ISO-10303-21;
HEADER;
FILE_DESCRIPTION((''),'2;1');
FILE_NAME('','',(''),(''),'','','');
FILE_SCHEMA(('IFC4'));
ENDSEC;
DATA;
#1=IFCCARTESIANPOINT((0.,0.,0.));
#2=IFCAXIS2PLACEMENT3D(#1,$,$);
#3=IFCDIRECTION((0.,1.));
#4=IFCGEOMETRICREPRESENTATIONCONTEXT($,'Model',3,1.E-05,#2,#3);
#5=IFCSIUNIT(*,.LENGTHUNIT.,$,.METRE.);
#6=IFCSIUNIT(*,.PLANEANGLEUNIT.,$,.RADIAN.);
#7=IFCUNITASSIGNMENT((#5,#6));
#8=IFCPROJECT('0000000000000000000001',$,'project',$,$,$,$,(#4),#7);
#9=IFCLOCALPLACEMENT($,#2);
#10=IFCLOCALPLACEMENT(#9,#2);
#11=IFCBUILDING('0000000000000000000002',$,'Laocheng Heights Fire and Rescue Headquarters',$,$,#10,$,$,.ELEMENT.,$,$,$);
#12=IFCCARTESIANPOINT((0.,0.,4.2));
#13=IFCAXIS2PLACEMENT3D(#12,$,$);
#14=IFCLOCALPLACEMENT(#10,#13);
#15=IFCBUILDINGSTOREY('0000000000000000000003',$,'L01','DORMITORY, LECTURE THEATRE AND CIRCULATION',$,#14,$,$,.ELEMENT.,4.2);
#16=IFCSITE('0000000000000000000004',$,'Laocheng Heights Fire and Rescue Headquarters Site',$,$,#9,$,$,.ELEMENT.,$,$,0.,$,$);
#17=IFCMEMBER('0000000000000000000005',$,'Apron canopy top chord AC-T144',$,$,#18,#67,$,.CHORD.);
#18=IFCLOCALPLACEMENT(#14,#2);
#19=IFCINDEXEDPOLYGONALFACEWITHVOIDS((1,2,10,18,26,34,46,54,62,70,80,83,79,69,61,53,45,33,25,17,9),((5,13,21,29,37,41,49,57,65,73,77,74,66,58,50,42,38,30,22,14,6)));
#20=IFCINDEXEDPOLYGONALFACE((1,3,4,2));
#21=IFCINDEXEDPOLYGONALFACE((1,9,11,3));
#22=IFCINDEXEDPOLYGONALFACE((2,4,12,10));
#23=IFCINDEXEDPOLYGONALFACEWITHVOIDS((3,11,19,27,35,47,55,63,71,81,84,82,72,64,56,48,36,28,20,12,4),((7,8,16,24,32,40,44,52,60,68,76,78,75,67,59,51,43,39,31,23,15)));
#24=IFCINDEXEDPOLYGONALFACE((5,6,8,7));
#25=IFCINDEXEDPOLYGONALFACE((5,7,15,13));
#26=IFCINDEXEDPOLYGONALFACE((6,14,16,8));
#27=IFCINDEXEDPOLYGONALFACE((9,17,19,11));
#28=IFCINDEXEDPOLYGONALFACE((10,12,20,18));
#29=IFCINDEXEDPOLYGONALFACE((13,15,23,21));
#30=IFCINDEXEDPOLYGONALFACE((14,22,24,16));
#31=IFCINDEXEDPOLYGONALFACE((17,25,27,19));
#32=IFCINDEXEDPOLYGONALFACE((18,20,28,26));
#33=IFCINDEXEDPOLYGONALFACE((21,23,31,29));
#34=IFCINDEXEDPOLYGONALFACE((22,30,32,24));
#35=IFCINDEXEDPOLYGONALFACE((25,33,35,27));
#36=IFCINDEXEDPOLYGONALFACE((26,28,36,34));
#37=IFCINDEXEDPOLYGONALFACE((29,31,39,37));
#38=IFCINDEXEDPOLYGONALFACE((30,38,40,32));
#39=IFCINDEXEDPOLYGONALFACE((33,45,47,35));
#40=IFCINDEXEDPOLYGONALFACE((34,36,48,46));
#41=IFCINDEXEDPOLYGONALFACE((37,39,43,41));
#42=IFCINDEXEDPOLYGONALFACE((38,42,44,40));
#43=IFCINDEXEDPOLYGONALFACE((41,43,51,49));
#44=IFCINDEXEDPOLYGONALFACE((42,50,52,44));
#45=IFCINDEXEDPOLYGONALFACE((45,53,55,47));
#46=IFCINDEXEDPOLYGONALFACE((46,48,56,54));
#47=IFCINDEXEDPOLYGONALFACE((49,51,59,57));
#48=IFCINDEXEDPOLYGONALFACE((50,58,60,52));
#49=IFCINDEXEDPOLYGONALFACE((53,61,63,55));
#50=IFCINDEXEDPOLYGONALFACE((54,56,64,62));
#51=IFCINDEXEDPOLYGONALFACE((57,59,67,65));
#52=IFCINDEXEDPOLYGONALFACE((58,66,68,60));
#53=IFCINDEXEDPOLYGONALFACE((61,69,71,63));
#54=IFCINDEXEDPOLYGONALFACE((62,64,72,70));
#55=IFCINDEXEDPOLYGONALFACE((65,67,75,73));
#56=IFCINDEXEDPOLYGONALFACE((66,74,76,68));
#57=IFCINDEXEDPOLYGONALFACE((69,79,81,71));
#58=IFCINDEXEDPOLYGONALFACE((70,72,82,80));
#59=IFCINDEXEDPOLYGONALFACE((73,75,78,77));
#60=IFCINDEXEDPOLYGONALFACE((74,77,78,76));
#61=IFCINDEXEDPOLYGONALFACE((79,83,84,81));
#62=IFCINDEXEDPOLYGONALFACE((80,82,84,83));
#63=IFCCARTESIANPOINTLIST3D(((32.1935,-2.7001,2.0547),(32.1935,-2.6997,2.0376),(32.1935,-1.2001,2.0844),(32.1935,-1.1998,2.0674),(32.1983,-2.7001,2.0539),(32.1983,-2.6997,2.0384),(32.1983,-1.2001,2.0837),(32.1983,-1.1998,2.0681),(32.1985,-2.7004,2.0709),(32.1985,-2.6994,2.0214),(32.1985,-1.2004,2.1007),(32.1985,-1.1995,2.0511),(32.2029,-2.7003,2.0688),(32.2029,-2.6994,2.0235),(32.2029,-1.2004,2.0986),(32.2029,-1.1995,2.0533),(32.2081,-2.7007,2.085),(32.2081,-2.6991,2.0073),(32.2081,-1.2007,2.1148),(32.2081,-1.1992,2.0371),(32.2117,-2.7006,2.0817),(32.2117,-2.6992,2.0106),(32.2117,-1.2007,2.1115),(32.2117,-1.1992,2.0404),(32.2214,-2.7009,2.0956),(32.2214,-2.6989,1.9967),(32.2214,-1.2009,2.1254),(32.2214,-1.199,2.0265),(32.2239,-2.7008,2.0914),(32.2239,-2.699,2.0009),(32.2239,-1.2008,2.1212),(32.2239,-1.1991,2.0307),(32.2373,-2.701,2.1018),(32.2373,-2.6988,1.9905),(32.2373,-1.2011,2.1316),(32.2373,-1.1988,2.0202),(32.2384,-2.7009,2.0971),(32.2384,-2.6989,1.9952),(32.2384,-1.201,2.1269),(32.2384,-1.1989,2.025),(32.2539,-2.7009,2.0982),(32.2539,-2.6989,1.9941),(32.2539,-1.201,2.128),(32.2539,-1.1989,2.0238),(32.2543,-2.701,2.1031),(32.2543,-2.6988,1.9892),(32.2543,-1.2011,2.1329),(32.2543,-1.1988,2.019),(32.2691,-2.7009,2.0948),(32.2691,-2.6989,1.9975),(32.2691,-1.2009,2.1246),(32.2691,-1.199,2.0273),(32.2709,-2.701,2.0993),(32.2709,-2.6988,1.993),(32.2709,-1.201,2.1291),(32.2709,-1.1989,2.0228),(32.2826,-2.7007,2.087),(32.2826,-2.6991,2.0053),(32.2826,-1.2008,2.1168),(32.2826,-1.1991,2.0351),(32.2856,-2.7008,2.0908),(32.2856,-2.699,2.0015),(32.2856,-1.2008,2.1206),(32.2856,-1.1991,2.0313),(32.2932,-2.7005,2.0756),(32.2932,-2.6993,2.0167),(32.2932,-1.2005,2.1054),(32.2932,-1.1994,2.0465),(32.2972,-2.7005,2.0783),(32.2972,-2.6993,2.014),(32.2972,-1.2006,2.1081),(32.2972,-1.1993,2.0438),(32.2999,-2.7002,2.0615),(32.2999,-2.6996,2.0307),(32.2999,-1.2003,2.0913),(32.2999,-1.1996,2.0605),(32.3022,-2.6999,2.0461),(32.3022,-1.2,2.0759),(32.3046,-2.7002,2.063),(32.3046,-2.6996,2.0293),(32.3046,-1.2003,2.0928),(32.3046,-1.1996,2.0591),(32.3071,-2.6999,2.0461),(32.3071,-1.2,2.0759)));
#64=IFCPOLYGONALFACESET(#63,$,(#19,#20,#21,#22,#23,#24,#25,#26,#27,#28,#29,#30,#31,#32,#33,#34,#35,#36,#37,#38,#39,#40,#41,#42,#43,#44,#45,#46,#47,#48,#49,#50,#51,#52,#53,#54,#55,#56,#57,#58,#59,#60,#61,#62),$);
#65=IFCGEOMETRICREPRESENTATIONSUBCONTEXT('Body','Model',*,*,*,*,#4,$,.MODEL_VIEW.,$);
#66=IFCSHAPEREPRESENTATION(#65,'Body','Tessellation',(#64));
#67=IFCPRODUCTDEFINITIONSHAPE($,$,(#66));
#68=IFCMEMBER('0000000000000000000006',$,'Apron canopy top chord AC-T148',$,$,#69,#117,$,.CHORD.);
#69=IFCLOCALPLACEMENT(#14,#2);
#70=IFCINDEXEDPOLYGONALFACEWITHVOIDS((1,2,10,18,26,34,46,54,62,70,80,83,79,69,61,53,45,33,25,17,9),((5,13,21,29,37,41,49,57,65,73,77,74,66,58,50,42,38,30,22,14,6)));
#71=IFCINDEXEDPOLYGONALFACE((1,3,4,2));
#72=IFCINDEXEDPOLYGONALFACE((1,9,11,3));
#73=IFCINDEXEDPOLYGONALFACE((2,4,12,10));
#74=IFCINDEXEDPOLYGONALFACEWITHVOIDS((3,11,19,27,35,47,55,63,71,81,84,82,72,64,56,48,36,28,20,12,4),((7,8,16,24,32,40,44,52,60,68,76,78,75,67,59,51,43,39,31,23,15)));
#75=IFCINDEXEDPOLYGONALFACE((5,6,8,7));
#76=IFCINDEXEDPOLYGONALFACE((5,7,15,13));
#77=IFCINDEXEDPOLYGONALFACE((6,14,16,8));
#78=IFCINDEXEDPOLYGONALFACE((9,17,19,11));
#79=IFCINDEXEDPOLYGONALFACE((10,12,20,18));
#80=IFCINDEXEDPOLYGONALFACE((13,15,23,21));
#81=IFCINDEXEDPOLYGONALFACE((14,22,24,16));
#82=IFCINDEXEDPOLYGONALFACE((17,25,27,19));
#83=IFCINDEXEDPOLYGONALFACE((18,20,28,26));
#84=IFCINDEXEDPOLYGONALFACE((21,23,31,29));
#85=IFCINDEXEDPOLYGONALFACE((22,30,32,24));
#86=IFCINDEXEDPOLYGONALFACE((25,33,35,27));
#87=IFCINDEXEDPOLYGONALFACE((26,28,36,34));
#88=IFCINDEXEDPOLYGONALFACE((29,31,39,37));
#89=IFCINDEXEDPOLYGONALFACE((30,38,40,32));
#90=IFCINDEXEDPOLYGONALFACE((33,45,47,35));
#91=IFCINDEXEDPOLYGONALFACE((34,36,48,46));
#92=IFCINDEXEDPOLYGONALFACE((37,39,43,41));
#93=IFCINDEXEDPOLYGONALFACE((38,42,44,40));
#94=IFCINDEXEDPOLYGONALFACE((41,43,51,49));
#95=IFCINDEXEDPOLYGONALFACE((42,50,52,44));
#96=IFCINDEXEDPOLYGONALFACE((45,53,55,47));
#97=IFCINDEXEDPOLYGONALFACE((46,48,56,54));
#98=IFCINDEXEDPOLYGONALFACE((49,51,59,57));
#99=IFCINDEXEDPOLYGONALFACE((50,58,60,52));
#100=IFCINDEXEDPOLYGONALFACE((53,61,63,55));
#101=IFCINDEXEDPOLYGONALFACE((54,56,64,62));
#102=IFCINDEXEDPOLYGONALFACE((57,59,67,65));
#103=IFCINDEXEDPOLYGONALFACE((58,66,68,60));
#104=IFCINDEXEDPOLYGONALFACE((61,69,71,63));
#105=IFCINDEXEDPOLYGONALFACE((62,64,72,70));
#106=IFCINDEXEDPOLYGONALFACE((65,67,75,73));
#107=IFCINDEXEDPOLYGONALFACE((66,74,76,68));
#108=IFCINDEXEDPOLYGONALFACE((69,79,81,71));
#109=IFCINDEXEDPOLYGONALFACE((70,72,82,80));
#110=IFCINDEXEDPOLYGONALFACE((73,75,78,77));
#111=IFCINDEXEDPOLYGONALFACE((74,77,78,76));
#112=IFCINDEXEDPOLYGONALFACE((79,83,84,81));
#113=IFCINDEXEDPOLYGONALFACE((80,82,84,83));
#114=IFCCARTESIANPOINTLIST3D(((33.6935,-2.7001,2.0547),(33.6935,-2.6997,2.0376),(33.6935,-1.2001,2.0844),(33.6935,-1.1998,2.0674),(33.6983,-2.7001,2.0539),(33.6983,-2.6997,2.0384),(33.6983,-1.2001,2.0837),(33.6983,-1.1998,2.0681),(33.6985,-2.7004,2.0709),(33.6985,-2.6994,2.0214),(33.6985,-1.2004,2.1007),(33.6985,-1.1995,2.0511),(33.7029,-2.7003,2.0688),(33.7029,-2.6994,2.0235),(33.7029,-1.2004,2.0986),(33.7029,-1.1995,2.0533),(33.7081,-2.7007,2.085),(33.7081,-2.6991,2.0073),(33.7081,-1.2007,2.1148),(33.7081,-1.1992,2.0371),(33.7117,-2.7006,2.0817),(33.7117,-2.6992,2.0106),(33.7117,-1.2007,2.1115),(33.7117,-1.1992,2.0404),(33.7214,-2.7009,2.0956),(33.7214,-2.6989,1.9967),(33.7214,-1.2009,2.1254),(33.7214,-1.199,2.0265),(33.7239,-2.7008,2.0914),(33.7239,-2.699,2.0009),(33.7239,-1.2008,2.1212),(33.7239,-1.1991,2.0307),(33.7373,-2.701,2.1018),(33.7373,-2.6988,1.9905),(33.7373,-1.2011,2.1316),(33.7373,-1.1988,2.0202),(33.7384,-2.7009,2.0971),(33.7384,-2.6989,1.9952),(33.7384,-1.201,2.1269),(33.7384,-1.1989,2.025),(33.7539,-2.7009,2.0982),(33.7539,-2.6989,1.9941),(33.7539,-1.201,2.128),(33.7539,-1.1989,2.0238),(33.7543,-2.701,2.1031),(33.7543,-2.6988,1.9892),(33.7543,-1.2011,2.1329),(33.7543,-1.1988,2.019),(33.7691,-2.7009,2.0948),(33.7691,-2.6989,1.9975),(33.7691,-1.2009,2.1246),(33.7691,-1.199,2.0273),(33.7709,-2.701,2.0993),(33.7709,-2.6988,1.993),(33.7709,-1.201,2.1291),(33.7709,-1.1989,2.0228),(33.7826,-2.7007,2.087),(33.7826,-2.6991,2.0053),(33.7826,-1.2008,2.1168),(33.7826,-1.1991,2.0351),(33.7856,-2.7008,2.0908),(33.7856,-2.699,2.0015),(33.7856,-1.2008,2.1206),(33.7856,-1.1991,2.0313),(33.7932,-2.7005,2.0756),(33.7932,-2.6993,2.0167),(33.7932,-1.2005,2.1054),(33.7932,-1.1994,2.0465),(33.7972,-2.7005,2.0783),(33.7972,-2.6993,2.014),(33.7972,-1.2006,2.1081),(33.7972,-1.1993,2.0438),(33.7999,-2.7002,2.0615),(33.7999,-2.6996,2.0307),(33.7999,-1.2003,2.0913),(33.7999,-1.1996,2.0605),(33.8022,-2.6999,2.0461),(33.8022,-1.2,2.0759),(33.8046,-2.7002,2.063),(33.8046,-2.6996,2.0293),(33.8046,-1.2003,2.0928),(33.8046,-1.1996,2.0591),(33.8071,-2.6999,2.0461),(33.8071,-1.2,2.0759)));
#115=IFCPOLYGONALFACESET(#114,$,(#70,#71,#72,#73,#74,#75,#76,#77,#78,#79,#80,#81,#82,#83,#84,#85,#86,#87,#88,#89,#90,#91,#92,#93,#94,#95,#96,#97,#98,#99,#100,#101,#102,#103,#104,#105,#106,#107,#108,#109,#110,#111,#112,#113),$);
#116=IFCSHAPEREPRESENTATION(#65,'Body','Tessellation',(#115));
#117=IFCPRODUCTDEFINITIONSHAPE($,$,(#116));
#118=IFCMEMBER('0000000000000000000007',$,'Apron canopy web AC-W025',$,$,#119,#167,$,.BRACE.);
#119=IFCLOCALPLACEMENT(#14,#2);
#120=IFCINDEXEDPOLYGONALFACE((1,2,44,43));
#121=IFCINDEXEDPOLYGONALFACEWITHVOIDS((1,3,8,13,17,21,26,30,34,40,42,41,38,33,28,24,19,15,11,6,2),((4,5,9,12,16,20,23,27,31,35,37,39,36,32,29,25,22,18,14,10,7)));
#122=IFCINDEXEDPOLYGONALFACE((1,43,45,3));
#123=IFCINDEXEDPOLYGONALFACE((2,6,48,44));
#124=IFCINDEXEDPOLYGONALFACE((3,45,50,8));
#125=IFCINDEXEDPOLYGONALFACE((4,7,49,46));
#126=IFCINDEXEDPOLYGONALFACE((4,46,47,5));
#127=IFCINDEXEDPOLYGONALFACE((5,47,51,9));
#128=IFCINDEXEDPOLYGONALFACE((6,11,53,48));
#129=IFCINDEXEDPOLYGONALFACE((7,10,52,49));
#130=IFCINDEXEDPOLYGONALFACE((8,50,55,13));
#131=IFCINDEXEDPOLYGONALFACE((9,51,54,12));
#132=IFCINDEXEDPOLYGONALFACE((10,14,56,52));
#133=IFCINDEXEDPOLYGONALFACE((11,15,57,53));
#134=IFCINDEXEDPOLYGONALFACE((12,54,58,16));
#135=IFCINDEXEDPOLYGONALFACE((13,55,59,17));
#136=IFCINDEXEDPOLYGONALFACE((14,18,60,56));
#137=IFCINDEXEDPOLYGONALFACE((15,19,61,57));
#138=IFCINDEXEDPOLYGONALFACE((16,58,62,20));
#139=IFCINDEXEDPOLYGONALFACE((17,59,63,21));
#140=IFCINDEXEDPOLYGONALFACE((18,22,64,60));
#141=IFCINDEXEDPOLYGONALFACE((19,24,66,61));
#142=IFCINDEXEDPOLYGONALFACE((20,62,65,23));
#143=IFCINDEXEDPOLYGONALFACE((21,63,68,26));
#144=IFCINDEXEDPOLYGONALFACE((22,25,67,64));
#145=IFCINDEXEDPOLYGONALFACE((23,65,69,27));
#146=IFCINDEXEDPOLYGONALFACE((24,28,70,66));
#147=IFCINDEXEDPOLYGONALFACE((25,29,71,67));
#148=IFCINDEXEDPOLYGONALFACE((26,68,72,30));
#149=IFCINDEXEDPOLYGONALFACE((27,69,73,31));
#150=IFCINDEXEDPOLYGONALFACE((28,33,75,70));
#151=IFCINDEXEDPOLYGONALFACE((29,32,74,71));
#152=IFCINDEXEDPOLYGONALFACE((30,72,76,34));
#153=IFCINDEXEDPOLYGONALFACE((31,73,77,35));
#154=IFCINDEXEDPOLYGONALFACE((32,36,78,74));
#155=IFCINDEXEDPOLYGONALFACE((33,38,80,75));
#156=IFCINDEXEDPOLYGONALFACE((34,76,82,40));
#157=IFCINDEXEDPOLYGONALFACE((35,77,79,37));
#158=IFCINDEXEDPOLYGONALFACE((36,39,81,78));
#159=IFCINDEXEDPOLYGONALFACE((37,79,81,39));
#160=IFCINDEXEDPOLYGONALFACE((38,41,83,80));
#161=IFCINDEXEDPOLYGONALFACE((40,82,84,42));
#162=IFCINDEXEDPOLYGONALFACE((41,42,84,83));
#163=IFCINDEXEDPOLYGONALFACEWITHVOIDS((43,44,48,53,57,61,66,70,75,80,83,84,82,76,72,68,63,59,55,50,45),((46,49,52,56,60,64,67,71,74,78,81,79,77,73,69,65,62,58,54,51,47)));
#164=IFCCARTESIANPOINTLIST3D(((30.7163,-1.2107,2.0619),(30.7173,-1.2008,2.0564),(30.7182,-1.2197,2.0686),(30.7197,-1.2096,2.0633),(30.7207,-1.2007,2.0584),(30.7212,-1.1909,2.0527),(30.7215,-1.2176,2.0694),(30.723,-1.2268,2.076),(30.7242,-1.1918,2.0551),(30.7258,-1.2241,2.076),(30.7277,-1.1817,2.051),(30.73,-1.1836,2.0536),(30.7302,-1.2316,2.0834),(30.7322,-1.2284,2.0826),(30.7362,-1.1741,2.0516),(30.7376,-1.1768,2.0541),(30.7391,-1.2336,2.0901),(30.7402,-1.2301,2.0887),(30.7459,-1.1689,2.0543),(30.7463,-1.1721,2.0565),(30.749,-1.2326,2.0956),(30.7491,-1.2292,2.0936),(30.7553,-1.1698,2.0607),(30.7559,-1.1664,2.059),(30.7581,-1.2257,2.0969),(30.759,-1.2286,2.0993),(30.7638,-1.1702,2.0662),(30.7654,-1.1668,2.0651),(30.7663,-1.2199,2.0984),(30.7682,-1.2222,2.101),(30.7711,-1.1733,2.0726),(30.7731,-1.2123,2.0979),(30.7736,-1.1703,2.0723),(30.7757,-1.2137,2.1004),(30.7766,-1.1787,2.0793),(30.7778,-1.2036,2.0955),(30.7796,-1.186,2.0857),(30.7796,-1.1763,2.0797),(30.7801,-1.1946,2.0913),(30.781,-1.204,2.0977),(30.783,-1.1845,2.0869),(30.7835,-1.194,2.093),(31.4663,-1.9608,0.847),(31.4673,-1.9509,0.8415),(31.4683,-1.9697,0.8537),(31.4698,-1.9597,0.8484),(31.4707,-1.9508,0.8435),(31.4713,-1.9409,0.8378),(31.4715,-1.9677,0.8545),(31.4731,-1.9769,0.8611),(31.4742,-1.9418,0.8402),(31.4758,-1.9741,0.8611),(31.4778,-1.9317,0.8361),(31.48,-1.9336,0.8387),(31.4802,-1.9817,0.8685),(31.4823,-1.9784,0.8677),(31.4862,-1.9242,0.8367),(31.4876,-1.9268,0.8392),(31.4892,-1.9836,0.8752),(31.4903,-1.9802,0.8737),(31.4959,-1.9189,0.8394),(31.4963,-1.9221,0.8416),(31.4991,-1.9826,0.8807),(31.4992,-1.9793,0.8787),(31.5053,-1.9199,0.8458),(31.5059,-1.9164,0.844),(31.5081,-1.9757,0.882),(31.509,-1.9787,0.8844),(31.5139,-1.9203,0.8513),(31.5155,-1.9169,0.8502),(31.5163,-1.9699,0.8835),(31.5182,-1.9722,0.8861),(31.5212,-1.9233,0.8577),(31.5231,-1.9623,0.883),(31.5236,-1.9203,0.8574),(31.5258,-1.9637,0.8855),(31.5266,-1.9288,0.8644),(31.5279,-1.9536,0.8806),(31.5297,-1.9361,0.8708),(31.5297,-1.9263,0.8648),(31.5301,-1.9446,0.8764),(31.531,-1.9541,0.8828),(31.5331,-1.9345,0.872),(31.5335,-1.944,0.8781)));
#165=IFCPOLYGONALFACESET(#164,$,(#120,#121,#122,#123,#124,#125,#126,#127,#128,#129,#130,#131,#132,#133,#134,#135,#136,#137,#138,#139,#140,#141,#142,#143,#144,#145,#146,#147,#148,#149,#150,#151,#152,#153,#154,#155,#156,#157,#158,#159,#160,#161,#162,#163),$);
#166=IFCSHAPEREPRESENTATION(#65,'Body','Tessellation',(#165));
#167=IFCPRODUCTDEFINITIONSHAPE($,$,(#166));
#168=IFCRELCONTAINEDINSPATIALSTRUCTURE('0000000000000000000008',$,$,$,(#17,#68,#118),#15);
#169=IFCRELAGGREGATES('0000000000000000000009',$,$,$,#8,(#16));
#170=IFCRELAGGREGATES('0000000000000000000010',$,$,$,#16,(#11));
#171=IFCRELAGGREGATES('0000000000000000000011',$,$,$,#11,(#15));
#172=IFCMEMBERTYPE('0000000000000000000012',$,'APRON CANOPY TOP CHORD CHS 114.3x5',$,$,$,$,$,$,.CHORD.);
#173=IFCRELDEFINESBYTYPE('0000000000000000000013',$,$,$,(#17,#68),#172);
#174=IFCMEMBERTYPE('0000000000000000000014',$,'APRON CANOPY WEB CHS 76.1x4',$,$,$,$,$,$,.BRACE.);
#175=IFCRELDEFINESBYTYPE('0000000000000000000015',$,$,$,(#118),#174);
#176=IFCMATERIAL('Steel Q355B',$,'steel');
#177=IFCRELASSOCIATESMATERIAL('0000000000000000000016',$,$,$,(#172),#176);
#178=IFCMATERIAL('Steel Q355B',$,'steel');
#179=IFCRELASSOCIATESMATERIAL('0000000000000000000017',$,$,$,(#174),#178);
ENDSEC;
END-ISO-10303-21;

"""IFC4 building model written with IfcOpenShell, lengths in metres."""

from ifc_helpers import new_model, si_unit, direction, frame, origin, origin_2d, place, context, subcontext, project, spatial, hollow_circle, extrude, material, material_profile, profile_set, type_object, element, save


model = new_model("IFC4")

# Units and contexts
model_context = context("Model", 3, precision=1e-05, world=origin(), true_north=direction((0.0, 1.0)))
body_context = subcontext(model_context, "Body", "Model", "MODEL_VIEW")
ifc_project = project(units=[si_unit("LENGTHUNIT", "METRE"), si_unit("PLANEANGLEUNIT", "RADIAN")], contexts=[model_context])

# Site, building, storey
site_placement = place(None, origin())
site = spatial("IfcSite", under=ifc_project, at=site_placement, Name="Laocheng Heights Fire and Rescue Headquarters Site", CompositionType="ELEMENT", RefElevation=0.0)
building_placement = place(site_placement, origin())
building = spatial("IfcBuilding", under=site, at=building_placement, Name="Laocheng Heights Fire and Rescue Headquarters", CompositionType="ELEMENT")
storey_placement = place(building_placement, frame((0.0, 0.0, 4.2)))
storey = spatial("IfcBuildingStorey", under=building, at=storey_placement, Name="L01", Description="DORMITORY, LECTURE THEATRE AND CIRCULATION", CompositionType="ELEMENT", Elevation=4.2)

# Members
ifc_material_1 = material(Name="Steel Q355B", Category="steel")
ifc_material_profile_1 = material_profile(ifc_material_1, hollow_circle(Radius=0.0571, WallThickness=0.0049, at=origin_2d()), Name="CHS 114.3x5")
ifc_profile_set_1 = profile_set([ifc_material_profile_1], Name="Steel Q355B")
member_type_1 = type_object("IfcMemberType", Name="APRON CANOPY TOP CHORD CHS 114.3x5", PredefinedType="CHORD", material=ifc_profile_set_1)
for number, where, z_axis, x_axis, name in (
    (1, (32.25, -1.2, 2.0759), (0.0, -0.999803, -0.019853), (1.0, 0.0, 0.0), "Apron canopy top chord AC-T144"),
    (2, (33.75, -1.2, 2.0759), (0.0, -0.999803, -0.019853), (1.0, 0.0, 0.0), "Apron canopy top chord AC-T148"),
):
    element("IfcMember", number, at=place(storey_placement, frame(where, z_axis=z_axis, x_axis=x_axis)), inside=storey, type_object=member_type_1, Name=name, PredefinedType="CHORD", context=body_context, shape_type="SweptSolid", body=[
        extrude(hollow_circle(Radius=0.0571, WallThickness=0.0049, at=origin_2d()), origin(), (0.0, 0.0, 1.0), 1.5002),
    ])
ifc_material_2 = material(Name="Steel Q355B", Category="steel")
ifc_material_profile_2 = material_profile(ifc_material_2, hollow_circle(Radius=0.0381, WallThickness=0.0039, at=origin_2d()), Name="CHS 76.1x4")
ifc_profile_set_2 = profile_set([ifc_material_profile_2], Name="Steel Q355B")
member_type_2 = type_object("IfcMemberType", Name="APRON CANOPY WEB CHS 76.1x4", PredefinedType="BRACE", material=ifc_profile_set_2)
for number, where, z_axis, x_axis, name in (
    (3, (31.5, -1.95, 0.8611), (-0.465055, 0.465055, 0.753292), (-0.707107, -0.707107, 0.0), "Apron canopy web AC-W025"),
):
    element("IfcMember", number, at=place(storey_placement, frame(where, z_axis=z_axis, x_axis=x_axis)), inside=storey, type_object=member_type_2, Name=name, PredefinedType="BRACE", context=body_context, shape_type="SweptSolid", body=[
        extrude(hollow_circle(Radius=0.0381, WallThickness=0.0039, at=origin_2d()), origin(), (0.0, 0.0, 1.0), 1.6128),
    ])

save(model, "model.ifc")
